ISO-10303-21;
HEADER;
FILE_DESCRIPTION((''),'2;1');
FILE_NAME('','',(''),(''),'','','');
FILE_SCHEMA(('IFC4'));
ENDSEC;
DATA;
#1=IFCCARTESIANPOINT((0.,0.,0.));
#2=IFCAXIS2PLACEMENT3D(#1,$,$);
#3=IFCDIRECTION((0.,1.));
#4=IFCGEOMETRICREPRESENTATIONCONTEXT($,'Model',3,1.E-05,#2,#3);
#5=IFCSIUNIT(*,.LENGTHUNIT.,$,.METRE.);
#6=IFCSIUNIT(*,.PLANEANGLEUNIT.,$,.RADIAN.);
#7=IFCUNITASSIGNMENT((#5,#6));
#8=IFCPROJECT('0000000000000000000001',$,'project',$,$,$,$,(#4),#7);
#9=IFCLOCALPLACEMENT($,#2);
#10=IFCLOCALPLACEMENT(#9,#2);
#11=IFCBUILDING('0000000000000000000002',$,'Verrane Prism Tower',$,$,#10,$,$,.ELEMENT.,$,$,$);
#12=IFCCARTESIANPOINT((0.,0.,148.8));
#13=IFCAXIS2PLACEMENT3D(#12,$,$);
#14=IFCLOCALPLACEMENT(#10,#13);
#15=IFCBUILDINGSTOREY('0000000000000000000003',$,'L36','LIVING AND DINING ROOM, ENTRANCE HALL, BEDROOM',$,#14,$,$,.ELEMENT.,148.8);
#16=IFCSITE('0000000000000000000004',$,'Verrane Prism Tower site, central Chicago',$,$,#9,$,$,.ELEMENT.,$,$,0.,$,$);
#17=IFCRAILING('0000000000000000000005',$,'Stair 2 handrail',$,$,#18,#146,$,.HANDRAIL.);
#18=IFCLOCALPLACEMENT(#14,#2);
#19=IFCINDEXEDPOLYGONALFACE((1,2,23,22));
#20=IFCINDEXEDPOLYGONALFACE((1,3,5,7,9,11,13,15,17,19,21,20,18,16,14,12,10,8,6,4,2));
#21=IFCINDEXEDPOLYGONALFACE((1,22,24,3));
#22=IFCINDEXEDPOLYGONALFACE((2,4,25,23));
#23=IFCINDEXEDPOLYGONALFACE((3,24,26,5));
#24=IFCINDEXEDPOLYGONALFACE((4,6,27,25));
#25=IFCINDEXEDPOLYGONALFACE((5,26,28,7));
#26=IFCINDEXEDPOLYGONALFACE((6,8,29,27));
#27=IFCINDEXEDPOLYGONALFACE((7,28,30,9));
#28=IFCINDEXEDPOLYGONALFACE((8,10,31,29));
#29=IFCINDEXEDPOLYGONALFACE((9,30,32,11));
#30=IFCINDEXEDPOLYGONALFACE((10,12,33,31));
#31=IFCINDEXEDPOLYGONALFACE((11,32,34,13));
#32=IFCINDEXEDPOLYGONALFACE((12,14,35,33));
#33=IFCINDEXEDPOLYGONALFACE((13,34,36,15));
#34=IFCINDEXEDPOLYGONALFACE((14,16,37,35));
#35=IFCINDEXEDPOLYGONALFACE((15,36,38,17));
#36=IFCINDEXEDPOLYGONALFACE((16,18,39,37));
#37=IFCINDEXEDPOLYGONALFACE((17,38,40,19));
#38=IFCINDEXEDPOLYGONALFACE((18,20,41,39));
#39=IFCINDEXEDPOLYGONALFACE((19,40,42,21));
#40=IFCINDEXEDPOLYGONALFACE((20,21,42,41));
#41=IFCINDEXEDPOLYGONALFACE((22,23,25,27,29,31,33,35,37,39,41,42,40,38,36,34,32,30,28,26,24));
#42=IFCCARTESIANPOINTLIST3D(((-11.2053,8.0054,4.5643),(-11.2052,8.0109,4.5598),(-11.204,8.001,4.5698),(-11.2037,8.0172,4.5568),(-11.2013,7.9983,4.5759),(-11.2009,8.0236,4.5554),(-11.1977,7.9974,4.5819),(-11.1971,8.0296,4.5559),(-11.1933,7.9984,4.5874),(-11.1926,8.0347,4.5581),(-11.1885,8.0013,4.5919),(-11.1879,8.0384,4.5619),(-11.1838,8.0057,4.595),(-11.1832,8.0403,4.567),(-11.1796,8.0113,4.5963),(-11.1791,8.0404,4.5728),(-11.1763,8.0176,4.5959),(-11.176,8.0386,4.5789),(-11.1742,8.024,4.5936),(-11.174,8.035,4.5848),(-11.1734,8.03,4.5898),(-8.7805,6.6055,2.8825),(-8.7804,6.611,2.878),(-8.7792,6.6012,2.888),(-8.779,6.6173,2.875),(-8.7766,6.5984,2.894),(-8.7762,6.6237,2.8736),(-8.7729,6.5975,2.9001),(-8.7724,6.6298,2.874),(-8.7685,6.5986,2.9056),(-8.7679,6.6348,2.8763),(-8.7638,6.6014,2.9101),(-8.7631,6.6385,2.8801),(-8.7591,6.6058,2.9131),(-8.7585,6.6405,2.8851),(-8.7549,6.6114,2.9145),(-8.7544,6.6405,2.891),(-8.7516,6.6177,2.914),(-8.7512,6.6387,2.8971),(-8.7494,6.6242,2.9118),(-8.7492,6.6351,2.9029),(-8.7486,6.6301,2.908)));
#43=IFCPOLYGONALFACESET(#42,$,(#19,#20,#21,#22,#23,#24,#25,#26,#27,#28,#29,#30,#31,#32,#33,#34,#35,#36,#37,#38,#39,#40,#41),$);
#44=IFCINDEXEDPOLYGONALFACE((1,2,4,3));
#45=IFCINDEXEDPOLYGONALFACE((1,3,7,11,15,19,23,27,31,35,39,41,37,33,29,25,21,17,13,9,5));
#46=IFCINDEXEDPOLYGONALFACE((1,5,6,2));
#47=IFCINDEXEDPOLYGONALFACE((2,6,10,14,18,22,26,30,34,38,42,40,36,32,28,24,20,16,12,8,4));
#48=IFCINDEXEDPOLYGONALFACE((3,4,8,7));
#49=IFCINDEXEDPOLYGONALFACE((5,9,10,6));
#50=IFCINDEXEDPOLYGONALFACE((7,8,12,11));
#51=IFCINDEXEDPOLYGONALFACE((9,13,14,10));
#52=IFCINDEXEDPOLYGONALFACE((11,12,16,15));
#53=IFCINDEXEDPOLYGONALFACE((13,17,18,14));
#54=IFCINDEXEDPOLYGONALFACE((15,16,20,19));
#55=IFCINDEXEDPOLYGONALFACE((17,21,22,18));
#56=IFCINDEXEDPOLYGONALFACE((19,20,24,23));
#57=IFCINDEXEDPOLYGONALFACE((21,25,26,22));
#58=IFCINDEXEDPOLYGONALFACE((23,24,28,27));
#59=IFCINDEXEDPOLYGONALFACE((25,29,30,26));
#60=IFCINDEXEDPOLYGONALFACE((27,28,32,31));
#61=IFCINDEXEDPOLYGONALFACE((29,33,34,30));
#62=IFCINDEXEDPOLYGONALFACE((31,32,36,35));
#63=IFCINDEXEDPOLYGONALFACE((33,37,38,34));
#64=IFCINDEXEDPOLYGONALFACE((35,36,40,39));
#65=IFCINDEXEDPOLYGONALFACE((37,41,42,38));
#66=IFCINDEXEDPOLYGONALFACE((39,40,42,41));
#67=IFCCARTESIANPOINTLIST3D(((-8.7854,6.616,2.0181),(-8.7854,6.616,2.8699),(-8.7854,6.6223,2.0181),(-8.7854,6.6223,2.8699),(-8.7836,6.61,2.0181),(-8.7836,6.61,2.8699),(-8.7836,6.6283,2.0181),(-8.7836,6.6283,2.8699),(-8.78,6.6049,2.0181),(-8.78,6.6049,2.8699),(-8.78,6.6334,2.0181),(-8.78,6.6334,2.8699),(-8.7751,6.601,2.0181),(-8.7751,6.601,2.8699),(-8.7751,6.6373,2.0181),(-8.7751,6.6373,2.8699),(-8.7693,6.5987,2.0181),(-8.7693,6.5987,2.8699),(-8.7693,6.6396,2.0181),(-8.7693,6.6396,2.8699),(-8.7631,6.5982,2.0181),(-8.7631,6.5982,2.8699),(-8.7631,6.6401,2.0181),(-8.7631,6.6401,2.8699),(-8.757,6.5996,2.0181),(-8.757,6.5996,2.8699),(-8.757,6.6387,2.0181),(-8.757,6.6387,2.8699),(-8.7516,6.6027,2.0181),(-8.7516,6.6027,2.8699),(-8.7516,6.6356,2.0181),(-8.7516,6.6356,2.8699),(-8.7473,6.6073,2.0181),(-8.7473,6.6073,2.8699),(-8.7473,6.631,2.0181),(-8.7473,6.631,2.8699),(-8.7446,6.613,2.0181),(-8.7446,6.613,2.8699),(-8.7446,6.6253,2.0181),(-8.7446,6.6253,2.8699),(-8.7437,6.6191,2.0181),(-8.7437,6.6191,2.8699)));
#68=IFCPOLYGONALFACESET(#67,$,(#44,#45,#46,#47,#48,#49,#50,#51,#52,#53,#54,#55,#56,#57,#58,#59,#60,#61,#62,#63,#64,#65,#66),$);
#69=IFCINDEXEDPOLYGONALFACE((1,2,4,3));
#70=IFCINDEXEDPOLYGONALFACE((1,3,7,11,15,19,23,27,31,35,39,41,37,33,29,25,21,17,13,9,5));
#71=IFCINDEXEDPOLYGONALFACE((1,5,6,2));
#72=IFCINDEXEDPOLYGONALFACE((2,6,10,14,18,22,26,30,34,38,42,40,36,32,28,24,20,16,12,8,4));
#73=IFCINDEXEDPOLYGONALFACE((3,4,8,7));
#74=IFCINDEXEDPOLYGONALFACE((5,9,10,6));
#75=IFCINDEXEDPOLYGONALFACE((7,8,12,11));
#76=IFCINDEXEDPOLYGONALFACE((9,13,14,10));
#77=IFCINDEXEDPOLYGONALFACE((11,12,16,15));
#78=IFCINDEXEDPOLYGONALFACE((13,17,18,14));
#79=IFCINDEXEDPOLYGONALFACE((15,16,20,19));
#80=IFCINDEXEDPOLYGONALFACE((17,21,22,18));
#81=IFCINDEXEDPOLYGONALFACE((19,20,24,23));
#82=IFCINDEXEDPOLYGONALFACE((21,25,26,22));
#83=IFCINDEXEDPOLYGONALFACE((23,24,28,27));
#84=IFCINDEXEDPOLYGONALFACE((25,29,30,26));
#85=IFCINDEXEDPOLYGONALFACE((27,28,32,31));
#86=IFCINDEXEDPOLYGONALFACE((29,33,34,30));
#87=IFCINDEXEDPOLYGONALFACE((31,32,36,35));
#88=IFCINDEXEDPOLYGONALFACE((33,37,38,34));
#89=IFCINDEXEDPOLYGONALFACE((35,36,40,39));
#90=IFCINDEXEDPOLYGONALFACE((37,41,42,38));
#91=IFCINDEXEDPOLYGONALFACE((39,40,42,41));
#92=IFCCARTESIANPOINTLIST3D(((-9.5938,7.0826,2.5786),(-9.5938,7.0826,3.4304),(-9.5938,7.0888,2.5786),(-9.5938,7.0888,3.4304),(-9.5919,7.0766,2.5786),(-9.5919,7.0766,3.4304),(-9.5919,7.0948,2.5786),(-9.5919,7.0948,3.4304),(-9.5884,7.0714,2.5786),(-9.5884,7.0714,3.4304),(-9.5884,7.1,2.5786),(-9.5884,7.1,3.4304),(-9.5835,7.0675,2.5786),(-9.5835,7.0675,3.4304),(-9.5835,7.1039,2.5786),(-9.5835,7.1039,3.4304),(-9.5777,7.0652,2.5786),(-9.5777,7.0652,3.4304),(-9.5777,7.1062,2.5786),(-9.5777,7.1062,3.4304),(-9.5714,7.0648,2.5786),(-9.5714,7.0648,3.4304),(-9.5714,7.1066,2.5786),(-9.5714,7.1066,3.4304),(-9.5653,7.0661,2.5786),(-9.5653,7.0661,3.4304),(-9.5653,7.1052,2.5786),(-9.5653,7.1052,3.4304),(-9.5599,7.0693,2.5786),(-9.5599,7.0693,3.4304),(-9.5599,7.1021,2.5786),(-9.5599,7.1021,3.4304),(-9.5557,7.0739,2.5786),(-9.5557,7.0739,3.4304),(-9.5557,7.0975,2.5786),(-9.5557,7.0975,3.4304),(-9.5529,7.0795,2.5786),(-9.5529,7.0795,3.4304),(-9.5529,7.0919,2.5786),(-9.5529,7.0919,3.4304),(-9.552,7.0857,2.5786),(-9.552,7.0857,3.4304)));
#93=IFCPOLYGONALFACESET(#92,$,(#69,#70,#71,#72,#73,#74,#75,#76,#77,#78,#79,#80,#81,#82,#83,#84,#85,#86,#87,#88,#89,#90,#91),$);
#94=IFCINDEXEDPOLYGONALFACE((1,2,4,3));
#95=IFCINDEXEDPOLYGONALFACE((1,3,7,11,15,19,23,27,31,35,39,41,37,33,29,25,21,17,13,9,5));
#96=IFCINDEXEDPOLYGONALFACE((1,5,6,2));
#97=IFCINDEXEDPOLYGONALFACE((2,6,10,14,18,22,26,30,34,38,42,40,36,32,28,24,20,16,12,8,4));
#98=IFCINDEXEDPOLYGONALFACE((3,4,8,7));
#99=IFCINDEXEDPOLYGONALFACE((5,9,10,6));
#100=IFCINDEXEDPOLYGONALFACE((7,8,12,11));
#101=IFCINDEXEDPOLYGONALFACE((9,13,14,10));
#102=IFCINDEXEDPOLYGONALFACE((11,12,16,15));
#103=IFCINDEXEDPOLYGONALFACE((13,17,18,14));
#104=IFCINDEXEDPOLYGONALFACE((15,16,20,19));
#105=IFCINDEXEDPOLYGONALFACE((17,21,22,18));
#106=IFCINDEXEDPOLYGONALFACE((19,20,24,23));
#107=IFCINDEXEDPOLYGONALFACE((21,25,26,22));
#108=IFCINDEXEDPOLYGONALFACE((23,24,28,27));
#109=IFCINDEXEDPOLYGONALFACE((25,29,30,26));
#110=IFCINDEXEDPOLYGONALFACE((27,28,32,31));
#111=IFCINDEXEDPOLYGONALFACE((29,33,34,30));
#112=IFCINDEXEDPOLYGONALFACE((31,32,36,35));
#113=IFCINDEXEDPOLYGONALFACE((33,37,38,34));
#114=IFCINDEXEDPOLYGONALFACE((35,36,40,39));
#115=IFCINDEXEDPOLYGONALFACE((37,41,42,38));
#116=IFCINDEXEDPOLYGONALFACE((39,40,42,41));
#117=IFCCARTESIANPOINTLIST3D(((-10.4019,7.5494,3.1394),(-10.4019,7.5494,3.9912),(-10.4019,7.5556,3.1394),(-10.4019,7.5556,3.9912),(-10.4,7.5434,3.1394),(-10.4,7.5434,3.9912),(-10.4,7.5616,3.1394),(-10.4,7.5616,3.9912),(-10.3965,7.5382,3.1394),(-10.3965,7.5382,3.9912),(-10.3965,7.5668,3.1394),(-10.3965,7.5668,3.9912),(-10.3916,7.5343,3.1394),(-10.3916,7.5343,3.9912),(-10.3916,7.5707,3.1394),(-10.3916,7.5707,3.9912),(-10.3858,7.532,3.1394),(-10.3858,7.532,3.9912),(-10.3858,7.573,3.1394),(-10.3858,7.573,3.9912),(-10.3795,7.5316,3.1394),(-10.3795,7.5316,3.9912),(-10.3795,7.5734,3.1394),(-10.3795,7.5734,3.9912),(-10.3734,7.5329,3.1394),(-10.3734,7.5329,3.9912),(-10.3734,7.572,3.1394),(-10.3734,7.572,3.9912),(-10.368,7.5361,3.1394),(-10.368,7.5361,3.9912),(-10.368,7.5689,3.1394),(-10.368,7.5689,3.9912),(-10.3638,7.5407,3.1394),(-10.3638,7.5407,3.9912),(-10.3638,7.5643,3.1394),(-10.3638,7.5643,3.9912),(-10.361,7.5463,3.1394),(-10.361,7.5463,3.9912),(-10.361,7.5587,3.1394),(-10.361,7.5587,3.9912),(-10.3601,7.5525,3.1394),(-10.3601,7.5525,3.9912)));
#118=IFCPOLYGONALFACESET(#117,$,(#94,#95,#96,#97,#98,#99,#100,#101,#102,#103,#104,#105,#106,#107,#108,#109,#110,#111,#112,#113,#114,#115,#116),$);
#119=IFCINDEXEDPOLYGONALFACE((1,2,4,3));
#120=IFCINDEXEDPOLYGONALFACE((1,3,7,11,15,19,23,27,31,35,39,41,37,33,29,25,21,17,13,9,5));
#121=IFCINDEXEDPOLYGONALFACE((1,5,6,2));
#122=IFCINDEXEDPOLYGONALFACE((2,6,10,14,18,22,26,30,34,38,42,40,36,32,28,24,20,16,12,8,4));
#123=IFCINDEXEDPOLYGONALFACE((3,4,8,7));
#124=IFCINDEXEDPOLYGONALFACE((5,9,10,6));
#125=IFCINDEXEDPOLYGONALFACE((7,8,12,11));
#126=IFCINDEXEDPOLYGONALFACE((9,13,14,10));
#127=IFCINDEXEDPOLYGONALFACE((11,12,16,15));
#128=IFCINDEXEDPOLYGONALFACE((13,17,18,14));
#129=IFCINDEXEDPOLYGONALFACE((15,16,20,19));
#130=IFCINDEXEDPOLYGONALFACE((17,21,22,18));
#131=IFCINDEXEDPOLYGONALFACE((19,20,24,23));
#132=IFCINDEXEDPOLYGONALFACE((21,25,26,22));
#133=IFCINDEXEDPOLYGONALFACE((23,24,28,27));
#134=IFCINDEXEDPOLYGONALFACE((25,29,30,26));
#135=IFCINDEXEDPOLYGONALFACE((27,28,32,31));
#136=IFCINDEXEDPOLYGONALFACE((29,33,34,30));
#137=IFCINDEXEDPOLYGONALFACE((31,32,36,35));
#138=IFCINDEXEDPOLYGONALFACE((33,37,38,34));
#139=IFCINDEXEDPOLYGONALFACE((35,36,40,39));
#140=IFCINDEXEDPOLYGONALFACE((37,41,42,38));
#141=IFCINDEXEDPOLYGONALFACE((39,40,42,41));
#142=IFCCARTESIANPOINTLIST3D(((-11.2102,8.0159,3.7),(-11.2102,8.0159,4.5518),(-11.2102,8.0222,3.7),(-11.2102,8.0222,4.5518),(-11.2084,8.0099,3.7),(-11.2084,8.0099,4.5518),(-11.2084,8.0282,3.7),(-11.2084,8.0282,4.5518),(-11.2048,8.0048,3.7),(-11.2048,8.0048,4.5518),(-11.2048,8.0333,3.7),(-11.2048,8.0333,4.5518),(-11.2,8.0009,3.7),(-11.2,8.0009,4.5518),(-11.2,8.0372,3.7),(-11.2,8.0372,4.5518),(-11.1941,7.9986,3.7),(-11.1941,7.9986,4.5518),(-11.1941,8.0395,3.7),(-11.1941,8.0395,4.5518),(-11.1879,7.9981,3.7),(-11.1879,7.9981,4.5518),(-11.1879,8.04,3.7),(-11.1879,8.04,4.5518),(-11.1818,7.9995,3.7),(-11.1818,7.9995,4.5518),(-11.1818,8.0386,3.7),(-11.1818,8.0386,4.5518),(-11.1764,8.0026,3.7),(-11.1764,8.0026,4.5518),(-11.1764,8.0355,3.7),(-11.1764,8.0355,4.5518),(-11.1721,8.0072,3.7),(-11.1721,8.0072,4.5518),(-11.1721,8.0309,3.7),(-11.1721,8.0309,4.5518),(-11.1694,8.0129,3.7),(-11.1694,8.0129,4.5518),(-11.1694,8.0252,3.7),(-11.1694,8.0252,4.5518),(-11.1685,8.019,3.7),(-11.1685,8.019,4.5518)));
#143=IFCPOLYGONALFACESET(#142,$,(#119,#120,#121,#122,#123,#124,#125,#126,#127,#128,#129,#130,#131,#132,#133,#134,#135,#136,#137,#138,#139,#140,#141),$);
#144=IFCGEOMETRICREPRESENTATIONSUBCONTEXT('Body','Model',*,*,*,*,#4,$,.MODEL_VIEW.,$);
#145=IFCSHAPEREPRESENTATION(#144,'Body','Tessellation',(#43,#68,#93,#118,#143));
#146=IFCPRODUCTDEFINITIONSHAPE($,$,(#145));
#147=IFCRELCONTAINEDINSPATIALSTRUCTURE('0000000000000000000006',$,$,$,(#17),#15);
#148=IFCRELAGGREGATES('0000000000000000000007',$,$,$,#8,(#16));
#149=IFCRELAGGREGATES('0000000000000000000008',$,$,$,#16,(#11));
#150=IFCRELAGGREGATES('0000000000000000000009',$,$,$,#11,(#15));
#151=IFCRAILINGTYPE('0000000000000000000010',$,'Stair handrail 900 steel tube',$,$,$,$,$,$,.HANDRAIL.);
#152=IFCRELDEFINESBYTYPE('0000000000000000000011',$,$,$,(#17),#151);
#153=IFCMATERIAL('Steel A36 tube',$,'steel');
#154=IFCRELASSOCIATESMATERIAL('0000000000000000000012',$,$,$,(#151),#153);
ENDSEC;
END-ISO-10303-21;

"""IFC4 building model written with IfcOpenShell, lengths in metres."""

from ifc_helpers import new_model, si_unit, direction, frame, origin, origin_2d, place, context, subcontext, project, spatial, circle, extrude, material, type_object, element, save


model = new_model("IFC4")

# Units and contexts
model_context = context("Model", 3, precision=1e-05, world=origin(), true_north=direction((0.0, 1.0)))
body_context = subcontext(model_context, "Body", "Model", "MODEL_VIEW")
ifc_project = project(units=[si_unit("LENGTHUNIT", "METRE"), si_unit("PLANEANGLEUNIT", "RADIAN")], contexts=[model_context])

# Site, building, storey
site_placement = place(None, origin())
site = spatial("IfcSite", under=ifc_project, at=site_placement, Name="Verrane Prism Tower site, central Chicago", CompositionType="ELEMENT", RefElevation=0.0)
building_placement = place(site_placement, origin())
building = spatial("IfcBuilding", under=site, at=building_placement, Name="Verrane Prism Tower", CompositionType="ELEMENT")
storey_placement = place(building_placement, frame((0.0, 0.0, 148.8)))
storey = spatial("IfcBuildingStorey", under=building, at=storey_placement, Name="L36", Description="LIVING AND DINING ROOM, ENTRANCE HALL, BEDROOM", CompositionType="ELEMENT", Elevation=148.8)

# Railing
ifc_material_1 = material(Name="Steel A36 tube", Category="steel")
railing_type_1 = type_object("IfcRailingType", Name="Stair handrail 900 steel tube", PredefinedType="HANDRAIL", material=ifc_material_1)
railing_1_placement = place(storey_placement, frame((-8.7646, 6.6191, 2.0181)))
element("IfcRailing", 1, at=railing_1_placement, inside=storey, type_object=railing_type_1, Name="Stair 2 handrail", PredefinedType="HANDRAIL", context=body_context, shape_type="SweptSolid", body=[
    extrude(circle(Radius=0.0239, at=origin_2d()), frame((0.0, 0.0, 0.876), z_axis=(-0.74239, 0.428601, 0.514934), x_axis=(-0.499984, -0.866035, 0.0)), (0.0, 0.0, 1.0), 3.2661),
    extrude(circle(Radius=0.021, at=origin_2d()), origin(), (0.0, 0.0, 1.0), 0.8518),
    extrude(circle(Radius=0.021, at=origin_2d()), frame((-0.8083, 0.4666, 0.5605)), (0.0, 0.0, 1.0), 0.8518),
    extrude(circle(Radius=0.021, at=origin_2d()), frame((-1.6165, 0.9333, 1.1213)), (0.0, 0.0, 1.0), 0.8518),
    extrude(circle(Radius=0.021, at=origin_2d()), frame((-2.4248, 1.3999, 1.6819)), (0.0, 0.0, 1.0), 0.8518),
])

save(model, "model.ifc")
